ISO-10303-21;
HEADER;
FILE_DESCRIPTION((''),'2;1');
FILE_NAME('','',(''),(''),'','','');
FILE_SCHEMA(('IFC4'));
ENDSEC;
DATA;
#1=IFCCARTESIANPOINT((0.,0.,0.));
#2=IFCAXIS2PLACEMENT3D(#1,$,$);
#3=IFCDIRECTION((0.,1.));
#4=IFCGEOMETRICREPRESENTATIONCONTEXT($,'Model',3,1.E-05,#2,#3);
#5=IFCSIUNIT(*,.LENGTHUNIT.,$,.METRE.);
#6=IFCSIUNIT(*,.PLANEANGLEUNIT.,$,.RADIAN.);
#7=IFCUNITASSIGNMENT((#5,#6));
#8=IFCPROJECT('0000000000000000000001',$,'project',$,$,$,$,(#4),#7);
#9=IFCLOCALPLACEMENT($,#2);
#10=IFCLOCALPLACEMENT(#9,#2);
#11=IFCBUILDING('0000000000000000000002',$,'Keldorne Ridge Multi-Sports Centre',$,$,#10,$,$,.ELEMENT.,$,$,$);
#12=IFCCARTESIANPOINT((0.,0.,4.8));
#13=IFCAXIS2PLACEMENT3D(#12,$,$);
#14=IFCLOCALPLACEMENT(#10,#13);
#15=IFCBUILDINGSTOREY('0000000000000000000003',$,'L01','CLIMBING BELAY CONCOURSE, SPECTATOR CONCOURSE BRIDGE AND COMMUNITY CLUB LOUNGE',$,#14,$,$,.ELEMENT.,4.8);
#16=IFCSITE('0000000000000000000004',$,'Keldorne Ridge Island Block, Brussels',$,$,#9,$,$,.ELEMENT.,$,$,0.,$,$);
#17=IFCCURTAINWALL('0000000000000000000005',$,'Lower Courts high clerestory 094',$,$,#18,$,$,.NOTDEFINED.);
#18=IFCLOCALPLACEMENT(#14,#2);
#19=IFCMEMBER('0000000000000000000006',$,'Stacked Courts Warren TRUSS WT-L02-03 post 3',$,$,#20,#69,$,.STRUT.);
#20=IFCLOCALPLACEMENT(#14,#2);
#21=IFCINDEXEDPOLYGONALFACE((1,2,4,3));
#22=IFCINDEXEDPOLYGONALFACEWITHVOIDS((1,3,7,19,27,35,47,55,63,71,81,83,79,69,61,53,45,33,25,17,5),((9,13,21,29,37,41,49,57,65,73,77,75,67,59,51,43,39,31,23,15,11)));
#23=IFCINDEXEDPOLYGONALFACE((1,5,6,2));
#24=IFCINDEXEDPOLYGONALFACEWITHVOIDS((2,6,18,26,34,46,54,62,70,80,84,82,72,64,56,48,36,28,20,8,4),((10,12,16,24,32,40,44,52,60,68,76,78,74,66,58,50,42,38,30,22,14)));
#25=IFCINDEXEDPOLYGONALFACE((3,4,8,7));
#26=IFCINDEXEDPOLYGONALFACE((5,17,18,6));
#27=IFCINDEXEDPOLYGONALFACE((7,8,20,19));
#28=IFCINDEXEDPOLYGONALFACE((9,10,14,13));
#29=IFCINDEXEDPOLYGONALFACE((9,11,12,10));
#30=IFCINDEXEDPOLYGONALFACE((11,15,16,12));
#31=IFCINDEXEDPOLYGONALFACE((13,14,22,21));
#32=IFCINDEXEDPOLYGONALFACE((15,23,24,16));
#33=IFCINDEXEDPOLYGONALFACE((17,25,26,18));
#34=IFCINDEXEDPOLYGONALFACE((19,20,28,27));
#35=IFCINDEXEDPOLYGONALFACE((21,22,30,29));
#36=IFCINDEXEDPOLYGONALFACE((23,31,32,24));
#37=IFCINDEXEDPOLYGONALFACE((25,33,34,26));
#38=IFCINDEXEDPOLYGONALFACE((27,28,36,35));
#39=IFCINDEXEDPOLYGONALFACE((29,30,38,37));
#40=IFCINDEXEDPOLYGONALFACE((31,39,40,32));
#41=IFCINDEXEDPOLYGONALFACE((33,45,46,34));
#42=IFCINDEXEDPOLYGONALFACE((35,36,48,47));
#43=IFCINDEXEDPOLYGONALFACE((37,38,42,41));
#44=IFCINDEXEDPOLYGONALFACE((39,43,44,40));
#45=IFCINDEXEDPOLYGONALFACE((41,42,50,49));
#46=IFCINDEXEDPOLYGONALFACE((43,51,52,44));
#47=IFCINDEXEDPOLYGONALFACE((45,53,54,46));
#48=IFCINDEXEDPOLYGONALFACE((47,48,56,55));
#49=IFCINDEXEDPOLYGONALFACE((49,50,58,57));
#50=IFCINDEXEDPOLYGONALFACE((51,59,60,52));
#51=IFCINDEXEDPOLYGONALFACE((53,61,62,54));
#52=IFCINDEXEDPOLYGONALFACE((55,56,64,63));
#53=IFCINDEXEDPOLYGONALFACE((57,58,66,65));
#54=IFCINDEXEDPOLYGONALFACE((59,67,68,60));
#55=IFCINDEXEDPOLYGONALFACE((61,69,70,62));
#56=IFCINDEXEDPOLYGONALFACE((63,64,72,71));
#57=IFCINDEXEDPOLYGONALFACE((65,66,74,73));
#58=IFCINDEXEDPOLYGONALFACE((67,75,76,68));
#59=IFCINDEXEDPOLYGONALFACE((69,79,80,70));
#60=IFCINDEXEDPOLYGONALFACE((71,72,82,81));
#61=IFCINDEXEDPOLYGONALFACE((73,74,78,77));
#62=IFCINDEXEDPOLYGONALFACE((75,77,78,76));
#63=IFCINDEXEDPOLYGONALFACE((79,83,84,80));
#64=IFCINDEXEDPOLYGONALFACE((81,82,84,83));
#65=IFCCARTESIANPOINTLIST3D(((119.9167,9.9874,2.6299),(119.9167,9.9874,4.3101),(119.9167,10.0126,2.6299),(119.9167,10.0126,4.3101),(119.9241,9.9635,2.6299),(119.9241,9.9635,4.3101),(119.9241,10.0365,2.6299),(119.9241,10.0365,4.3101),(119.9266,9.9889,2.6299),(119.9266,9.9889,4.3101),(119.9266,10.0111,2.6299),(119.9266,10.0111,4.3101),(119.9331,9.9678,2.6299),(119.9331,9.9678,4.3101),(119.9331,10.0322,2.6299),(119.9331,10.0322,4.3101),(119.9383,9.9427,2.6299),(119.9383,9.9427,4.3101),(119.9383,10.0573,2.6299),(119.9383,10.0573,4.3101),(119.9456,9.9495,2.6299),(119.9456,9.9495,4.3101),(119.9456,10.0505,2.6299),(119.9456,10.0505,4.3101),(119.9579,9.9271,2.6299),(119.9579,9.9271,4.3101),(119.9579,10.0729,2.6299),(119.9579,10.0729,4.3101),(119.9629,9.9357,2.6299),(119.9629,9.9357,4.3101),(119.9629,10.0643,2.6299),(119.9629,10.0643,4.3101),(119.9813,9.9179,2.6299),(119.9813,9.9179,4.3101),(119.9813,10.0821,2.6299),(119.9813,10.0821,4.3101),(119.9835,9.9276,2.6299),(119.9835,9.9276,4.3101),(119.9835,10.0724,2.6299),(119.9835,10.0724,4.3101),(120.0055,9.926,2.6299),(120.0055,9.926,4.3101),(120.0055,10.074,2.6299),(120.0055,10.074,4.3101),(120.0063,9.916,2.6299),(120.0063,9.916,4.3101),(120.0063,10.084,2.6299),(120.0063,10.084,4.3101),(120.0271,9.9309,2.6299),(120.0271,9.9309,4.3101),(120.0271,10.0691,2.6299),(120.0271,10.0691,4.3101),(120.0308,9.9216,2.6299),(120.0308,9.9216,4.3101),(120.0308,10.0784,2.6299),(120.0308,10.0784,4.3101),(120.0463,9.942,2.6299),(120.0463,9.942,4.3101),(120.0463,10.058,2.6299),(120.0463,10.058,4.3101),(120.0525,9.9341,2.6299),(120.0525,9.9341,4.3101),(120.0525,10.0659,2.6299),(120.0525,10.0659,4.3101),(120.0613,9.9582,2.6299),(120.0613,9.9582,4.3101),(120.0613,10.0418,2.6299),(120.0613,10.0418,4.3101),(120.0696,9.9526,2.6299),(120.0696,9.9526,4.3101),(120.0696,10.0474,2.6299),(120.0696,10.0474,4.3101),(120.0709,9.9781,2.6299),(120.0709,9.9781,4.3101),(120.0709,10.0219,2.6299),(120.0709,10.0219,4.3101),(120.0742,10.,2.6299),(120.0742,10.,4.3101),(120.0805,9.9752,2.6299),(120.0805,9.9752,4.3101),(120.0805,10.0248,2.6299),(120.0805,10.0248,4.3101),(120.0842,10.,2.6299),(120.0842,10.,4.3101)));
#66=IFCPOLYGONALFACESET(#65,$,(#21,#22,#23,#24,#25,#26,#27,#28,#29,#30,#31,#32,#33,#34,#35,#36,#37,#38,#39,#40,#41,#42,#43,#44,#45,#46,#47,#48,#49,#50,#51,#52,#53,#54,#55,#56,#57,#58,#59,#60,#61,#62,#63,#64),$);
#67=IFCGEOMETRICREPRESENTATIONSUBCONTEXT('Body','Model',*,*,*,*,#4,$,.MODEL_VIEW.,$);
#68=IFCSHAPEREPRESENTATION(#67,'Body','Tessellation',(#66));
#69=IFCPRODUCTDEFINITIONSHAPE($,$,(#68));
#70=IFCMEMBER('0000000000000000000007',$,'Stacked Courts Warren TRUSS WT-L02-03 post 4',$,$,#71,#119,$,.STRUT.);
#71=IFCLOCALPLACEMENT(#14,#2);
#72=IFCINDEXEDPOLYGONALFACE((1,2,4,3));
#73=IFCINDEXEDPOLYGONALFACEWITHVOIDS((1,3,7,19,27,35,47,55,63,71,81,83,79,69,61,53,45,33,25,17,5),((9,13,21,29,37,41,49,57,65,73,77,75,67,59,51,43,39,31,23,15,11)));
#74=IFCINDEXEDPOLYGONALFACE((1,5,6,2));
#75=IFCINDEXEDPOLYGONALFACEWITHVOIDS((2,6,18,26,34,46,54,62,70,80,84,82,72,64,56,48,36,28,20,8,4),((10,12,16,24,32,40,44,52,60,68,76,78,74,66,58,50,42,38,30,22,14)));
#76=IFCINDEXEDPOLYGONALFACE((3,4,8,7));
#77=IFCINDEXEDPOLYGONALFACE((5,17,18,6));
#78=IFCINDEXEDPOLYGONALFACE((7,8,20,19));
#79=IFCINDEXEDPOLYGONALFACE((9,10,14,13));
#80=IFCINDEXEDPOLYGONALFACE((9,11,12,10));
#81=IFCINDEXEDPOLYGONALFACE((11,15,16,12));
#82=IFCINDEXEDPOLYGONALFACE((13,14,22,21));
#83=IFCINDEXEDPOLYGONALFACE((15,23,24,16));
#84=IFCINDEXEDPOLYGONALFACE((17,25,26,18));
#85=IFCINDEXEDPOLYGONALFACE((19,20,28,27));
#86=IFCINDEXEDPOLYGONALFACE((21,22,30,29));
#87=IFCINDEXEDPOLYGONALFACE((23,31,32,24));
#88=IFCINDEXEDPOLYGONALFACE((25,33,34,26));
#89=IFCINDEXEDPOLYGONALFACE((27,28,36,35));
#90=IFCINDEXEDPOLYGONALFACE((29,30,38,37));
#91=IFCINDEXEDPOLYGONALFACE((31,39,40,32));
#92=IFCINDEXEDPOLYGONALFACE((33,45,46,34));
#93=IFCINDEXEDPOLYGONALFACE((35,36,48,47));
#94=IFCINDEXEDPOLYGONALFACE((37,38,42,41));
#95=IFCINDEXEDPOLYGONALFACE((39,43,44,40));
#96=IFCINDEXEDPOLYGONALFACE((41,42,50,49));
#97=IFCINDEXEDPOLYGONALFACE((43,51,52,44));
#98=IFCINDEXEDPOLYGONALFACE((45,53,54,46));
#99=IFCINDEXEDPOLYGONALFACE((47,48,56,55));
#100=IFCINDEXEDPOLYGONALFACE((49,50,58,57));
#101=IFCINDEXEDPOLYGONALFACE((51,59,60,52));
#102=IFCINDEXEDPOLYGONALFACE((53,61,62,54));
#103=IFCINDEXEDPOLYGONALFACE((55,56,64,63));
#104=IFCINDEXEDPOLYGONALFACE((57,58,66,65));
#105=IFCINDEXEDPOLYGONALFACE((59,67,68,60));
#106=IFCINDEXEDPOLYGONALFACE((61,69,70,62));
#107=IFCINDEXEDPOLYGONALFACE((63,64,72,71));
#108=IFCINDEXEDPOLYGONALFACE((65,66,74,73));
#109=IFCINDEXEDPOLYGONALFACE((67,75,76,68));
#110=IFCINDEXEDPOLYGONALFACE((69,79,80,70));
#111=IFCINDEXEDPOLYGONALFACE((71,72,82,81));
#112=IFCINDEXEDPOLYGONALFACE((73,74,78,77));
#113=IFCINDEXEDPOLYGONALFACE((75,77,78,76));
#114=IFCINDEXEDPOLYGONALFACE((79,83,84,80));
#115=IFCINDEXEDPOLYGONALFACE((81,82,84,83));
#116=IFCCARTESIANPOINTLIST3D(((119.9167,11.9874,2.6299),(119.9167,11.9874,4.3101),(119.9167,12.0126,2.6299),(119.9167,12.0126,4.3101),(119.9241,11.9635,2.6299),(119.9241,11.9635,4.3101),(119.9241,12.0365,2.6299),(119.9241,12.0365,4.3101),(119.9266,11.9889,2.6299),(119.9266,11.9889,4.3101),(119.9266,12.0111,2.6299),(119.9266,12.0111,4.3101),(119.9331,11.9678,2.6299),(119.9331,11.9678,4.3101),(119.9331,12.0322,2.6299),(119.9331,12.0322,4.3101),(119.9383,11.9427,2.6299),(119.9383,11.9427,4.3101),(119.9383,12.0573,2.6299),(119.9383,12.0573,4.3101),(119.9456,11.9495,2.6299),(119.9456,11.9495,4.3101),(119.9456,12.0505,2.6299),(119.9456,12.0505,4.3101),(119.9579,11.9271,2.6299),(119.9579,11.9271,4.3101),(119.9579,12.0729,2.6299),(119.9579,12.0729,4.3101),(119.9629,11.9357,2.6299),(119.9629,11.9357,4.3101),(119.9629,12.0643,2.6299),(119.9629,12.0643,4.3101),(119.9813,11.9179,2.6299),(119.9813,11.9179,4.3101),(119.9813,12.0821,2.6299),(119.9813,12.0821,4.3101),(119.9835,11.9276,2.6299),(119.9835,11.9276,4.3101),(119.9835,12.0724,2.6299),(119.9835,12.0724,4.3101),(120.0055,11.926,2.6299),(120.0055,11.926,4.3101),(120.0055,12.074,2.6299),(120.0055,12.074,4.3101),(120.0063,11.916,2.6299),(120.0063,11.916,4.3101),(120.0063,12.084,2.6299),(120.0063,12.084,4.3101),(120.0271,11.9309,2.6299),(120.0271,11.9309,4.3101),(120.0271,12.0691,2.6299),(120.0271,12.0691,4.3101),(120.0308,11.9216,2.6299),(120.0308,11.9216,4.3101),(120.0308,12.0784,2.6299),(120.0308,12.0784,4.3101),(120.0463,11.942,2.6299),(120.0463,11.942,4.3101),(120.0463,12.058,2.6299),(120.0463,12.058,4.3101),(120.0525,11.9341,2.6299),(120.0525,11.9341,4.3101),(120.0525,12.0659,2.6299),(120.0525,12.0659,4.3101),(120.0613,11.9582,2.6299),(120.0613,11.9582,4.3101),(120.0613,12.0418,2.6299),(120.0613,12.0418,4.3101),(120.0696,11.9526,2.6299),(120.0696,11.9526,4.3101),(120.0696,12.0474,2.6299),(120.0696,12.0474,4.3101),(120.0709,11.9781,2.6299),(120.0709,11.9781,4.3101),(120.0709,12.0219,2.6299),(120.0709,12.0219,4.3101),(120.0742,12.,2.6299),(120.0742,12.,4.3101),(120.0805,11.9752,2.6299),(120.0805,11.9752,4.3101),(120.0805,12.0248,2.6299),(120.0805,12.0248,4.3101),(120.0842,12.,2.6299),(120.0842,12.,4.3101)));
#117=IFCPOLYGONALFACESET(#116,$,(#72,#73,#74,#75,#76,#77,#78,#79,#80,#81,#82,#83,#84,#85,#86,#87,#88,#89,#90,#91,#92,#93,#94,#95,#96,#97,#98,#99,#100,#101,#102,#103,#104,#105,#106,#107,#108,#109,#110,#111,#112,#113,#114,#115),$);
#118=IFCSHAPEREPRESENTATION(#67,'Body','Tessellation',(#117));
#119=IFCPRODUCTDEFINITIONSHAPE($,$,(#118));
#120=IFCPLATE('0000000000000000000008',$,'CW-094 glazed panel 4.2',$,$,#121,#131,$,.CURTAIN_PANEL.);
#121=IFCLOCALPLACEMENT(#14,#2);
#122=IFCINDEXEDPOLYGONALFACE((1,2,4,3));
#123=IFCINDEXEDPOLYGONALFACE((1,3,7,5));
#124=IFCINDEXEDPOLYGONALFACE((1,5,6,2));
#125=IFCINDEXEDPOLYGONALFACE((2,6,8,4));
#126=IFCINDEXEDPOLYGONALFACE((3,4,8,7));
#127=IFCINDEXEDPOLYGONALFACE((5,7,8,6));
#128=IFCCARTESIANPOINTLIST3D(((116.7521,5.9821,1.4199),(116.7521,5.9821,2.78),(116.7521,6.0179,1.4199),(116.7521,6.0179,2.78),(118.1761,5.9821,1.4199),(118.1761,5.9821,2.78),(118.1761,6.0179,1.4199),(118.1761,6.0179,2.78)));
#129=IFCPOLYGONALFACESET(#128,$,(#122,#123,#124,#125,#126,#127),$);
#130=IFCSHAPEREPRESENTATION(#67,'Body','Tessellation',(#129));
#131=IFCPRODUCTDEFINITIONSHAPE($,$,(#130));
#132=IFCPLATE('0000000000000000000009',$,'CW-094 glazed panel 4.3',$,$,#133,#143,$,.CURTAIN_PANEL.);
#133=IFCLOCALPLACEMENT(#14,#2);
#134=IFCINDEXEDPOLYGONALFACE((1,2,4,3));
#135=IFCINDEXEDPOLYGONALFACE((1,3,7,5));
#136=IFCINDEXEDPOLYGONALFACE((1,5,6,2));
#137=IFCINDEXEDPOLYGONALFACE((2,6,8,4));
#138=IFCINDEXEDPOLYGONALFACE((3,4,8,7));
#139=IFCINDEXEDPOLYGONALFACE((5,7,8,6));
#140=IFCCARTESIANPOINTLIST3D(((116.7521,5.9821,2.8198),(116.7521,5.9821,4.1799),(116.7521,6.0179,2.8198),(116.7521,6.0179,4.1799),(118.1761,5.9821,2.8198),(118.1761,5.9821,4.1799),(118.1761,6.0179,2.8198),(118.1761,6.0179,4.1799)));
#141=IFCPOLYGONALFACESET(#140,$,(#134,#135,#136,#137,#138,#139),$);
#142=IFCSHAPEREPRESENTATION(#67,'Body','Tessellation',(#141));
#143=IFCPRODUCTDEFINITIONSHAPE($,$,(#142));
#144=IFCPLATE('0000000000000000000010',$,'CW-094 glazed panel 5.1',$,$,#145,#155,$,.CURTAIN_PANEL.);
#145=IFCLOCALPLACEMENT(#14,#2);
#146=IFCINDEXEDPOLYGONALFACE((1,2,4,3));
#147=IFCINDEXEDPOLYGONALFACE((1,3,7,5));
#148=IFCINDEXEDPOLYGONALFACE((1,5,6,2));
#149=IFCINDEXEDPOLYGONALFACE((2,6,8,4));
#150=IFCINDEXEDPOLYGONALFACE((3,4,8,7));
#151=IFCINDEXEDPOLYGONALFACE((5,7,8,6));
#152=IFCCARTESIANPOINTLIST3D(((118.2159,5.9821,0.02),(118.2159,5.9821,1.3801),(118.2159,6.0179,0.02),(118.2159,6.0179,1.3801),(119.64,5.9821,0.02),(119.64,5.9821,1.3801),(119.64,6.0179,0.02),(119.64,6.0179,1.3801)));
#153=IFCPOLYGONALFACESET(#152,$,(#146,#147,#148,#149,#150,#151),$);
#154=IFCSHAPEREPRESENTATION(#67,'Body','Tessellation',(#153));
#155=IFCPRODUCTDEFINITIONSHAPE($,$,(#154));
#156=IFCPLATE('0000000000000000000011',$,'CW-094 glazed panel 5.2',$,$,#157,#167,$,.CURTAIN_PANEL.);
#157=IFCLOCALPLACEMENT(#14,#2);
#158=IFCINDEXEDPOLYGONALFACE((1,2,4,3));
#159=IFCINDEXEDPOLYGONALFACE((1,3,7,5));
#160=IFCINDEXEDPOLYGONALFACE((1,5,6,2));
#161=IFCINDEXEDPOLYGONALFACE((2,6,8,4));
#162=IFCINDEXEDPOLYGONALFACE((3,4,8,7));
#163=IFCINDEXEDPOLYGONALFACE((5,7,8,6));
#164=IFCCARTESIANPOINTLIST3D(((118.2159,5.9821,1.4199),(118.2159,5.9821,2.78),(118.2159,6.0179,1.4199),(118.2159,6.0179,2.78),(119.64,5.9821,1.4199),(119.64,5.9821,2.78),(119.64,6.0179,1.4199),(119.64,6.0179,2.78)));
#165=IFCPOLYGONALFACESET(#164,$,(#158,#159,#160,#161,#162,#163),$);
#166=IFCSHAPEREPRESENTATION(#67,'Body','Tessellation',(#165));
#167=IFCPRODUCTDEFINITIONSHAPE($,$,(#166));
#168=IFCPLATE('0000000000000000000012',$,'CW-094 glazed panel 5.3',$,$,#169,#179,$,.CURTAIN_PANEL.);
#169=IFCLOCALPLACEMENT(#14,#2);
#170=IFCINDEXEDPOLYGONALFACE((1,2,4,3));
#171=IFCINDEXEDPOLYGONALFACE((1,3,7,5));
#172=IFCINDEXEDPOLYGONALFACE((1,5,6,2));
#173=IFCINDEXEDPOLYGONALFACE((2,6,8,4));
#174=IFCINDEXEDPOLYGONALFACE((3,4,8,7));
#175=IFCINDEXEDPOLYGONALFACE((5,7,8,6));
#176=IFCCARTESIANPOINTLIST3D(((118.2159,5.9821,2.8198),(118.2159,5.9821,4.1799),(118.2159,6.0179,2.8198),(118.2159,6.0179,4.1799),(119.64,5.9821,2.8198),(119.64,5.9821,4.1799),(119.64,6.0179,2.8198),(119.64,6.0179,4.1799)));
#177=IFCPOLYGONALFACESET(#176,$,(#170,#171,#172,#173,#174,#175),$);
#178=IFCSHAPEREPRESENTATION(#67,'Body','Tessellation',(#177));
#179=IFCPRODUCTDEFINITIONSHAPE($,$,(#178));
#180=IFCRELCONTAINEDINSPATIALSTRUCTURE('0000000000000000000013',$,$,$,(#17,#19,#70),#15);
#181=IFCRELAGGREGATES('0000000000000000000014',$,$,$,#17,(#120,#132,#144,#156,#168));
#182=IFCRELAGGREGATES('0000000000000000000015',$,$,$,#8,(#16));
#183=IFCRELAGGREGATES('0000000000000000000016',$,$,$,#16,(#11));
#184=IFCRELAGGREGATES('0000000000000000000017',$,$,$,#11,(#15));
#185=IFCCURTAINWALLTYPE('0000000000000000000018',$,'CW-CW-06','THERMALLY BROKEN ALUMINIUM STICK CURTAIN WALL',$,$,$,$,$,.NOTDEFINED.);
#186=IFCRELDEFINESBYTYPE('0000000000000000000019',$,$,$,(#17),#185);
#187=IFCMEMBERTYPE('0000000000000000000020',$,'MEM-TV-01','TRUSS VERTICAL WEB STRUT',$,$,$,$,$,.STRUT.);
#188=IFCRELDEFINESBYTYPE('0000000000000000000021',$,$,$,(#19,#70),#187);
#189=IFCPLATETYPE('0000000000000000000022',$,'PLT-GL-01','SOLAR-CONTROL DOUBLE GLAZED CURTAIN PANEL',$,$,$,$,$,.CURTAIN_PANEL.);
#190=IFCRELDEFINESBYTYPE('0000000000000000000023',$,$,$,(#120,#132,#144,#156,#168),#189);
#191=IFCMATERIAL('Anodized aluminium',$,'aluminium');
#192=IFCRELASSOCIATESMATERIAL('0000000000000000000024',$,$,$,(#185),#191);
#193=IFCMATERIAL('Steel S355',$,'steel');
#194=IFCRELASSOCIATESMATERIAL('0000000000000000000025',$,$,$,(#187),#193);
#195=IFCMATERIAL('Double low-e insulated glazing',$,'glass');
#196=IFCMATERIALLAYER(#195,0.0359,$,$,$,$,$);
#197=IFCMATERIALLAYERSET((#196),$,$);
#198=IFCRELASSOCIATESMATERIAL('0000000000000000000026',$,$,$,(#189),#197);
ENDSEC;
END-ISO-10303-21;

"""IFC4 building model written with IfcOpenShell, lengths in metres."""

from ifc_helpers import new_model, si_unit, direction, frame, origin, origin_2d, place, context, subcontext, project, spatial, rectangle, hollow_circle, extrude, material, layer, layer_set, material_profile, profile_set, type_object, element, aggregate, save


model = new_model("IFC4")

# Units and contexts
model_context = context("Model", 3, precision=1e-05, world=origin(), true_north=direction((0.0, 1.0)))
body_context = subcontext(model_context, "Body", "Model", "MODEL_VIEW")
ifc_project = project(units=[si_unit("LENGTHUNIT", "METRE"), si_unit("PLANEANGLEUNIT", "RADIAN")], contexts=[model_context])

# Site, building, storey
site_placement = place(None, origin())
site = spatial("IfcSite", under=ifc_project, at=site_placement, Name="Keldorne Ridge Island Block, Brussels", CompositionType="ELEMENT", RefElevation=0.0)
building_placement = place(site_placement, origin())
building = spatial("IfcBuilding", under=site, at=building_placement, Name="Keldorne Ridge Multi-Sports Centre", CompositionType="ELEMENT")
storey_placement = place(building_placement, frame((0.0, 0.0, 4.8)))
storey = spatial("IfcBuildingStorey", under=building, at=storey_placement, Name="L01", Description="CLIMBING BELAY CONCOURSE, SPECTATOR CONCOURSE BRIDGE AND COMMUNITY CLUB LOUNGE", CompositionType="ELEMENT", Elevation=4.8)

# Shared definitions
ifc_material_1 = material(Name="Steel S355", Category="steel")

# Curtain wall
ifc_material_2 = material(Name="Anodized aluminium", Category="aluminium")
curtain_wall_type = type_object("IfcCurtainWallType", Name="CW-CW-06", Description="THERMALLY BROKEN ALUMINIUM STICK CURTAIN WALL", PredefinedType="NOTDEFINED", material=ifc_material_2)
curtain_wall_placement = place(storey_placement, origin())
curtain_wall = element("IfcCurtainWall", 1, at=curtain_wall_placement, inside=storey, type_object=curtain_wall_type, Name="Lower Courts high clerestory 094", PredefinedType="NOTDEFINED")

# Members
ifc_material_profile_1 = material_profile(ifc_material_1, hollow_circle(Radius=0.0842, WallThickness=0.01, at=origin_2d()), Name="CHS 168.3x10")
ifc_profile_set_1 = profile_set([ifc_material_profile_1], Name="Steel S355")
member_type_1 = type_object("IfcMemberType", Name="MEM-TV-01", Description="TRUSS VERTICAL WEB STRUT", PredefinedType="STRUT", material=ifc_profile_set_1)
for number, where, z_axis, x_axis, name in (
    (2, (120.0, 10.0, 2.6299), (0.0, 0.0, 1.0), (1.0, 0.0, 0.0), "Stacked Courts Warren TRUSS WT-L02-03 post 3"),
    (3, (120.0, 12.0, 2.6299), (0.0, 0.0, 1.0), (1.0, 0.0, 0.0), "Stacked Courts Warren TRUSS WT-L02-03 post 4"),
):
    element("IfcMember", number, at=place(storey_placement, frame(where, z_axis=z_axis, x_axis=x_axis)), inside=storey, type_object=member_type_1, Name=name, PredefinedType="STRUT", context=body_context, shape_type="SweptSolid", body=[
        extrude(hollow_circle(Radius=0.0842, WallThickness=0.01, at=origin_2d()), origin(), (0.0, 0.0, 1.0), 1.6802),
    ])

# Plates
ifc_material_3 = material(Name="Double low-e insulated glazing", Category="glass")
ifc_layer = layer(ifc_material_3, 0.0359)
ifc_layer_set = layer_set([ifc_layer])
plate_type = type_object("IfcPlateType", Name="PLT-GL-01", Description="SOLAR-CONTROL DOUBLE GLAZED CURTAIN PANEL", PredefinedType="CURTAIN_PANEL", material=ifc_layer_set)
plate_1_placement = place(storey_placement, frame((117.4641, 6.0, 1.4199), z_axis=(0.0, 0.0, 1.0), x_axis=(1.0, 0.0, 0.0)))
plate_1 = element("IfcPlate", 4, at=plate_1_placement, type_object=plate_type, Name="CW-094 glazed panel 4.2", PredefinedType="CURTAIN_PANEL", context=body_context, shape_type="SweptSolid", body=[
    extrude(rectangle(XDim=1.4241, YDim=0.0359, at=origin_2d()), origin(), (0.0, 0.0, 1.0), 1.3601),
])
plate_2_placement = place(storey_placement, frame((117.4641, 6.0, 2.8198), z_axis=(0.0, 0.0, 1.0), x_axis=(1.0, 0.0, 0.0)))
plate_2 = element("IfcPlate", 5, at=plate_2_placement, type_object=plate_type, Name="CW-094 glazed panel 4.3", PredefinedType="CURTAIN_PANEL", context=body_context, shape_type="SweptSolid", body=[
    extrude(rectangle(XDim=1.4241, YDim=0.0359, at=origin_2d()), origin(), (0.0, 0.0, 1.0), 1.3601),
])
plate_3_placement = place(storey_placement, frame((118.928, 6.0, 0.02), z_axis=(0.0, 0.0, 1.0), x_axis=(1.0, 0.0, 0.0)))
plate_3 = element("IfcPlate", 6, at=plate_3_placement, type_object=plate_type, Name="CW-094 glazed panel 5.1", PredefinedType="CURTAIN_PANEL", context=body_context, shape_type="SweptSolid", body=[
    extrude(rectangle(XDim=1.4241, YDim=0.0359, at=origin_2d()), origin(), (0.0, 0.0, 1.0), 1.3601),
])
plate_4_placement = place(storey_placement, frame((118.928, 6.0, 1.4199), z_axis=(0.0, 0.0, 1.0), x_axis=(1.0, 0.0, 0.0)))
plate_4 = element("IfcPlate", 7, at=plate_4_placement, type_object=plate_type, Name="CW-094 glazed panel 5.2", PredefinedType="CURTAIN_PANEL", context=body_context, shape_type="SweptSolid", body=[
    extrude(rectangle(XDim=1.4241, YDim=0.0359, at=origin_2d()), origin(), (0.0, 0.0, 1.0), 1.3601),
])
plate_5_placement = place(storey_placement, frame((118.928, 6.0, 2.8198), z_axis=(0.0, 0.0, 1.0), x_axis=(1.0, 0.0, 0.0)))
plate_5 = element("IfcPlate", 8, at=plate_5_placement, type_object=plate_type, Name="CW-094 glazed panel 5.3", PredefinedType="CURTAIN_PANEL", context=body_context, shape_type="SweptSolid", body=[
    extrude(rectangle(XDim=1.4241, YDim=0.0359, at=origin_2d()), origin(), (0.0, 0.0, 1.0), 1.3601),
])
aggregate(curtain_wall, [plate_1, plate_2, plate_3, plate_4, plate_5])

save(model, "model.ifc")
